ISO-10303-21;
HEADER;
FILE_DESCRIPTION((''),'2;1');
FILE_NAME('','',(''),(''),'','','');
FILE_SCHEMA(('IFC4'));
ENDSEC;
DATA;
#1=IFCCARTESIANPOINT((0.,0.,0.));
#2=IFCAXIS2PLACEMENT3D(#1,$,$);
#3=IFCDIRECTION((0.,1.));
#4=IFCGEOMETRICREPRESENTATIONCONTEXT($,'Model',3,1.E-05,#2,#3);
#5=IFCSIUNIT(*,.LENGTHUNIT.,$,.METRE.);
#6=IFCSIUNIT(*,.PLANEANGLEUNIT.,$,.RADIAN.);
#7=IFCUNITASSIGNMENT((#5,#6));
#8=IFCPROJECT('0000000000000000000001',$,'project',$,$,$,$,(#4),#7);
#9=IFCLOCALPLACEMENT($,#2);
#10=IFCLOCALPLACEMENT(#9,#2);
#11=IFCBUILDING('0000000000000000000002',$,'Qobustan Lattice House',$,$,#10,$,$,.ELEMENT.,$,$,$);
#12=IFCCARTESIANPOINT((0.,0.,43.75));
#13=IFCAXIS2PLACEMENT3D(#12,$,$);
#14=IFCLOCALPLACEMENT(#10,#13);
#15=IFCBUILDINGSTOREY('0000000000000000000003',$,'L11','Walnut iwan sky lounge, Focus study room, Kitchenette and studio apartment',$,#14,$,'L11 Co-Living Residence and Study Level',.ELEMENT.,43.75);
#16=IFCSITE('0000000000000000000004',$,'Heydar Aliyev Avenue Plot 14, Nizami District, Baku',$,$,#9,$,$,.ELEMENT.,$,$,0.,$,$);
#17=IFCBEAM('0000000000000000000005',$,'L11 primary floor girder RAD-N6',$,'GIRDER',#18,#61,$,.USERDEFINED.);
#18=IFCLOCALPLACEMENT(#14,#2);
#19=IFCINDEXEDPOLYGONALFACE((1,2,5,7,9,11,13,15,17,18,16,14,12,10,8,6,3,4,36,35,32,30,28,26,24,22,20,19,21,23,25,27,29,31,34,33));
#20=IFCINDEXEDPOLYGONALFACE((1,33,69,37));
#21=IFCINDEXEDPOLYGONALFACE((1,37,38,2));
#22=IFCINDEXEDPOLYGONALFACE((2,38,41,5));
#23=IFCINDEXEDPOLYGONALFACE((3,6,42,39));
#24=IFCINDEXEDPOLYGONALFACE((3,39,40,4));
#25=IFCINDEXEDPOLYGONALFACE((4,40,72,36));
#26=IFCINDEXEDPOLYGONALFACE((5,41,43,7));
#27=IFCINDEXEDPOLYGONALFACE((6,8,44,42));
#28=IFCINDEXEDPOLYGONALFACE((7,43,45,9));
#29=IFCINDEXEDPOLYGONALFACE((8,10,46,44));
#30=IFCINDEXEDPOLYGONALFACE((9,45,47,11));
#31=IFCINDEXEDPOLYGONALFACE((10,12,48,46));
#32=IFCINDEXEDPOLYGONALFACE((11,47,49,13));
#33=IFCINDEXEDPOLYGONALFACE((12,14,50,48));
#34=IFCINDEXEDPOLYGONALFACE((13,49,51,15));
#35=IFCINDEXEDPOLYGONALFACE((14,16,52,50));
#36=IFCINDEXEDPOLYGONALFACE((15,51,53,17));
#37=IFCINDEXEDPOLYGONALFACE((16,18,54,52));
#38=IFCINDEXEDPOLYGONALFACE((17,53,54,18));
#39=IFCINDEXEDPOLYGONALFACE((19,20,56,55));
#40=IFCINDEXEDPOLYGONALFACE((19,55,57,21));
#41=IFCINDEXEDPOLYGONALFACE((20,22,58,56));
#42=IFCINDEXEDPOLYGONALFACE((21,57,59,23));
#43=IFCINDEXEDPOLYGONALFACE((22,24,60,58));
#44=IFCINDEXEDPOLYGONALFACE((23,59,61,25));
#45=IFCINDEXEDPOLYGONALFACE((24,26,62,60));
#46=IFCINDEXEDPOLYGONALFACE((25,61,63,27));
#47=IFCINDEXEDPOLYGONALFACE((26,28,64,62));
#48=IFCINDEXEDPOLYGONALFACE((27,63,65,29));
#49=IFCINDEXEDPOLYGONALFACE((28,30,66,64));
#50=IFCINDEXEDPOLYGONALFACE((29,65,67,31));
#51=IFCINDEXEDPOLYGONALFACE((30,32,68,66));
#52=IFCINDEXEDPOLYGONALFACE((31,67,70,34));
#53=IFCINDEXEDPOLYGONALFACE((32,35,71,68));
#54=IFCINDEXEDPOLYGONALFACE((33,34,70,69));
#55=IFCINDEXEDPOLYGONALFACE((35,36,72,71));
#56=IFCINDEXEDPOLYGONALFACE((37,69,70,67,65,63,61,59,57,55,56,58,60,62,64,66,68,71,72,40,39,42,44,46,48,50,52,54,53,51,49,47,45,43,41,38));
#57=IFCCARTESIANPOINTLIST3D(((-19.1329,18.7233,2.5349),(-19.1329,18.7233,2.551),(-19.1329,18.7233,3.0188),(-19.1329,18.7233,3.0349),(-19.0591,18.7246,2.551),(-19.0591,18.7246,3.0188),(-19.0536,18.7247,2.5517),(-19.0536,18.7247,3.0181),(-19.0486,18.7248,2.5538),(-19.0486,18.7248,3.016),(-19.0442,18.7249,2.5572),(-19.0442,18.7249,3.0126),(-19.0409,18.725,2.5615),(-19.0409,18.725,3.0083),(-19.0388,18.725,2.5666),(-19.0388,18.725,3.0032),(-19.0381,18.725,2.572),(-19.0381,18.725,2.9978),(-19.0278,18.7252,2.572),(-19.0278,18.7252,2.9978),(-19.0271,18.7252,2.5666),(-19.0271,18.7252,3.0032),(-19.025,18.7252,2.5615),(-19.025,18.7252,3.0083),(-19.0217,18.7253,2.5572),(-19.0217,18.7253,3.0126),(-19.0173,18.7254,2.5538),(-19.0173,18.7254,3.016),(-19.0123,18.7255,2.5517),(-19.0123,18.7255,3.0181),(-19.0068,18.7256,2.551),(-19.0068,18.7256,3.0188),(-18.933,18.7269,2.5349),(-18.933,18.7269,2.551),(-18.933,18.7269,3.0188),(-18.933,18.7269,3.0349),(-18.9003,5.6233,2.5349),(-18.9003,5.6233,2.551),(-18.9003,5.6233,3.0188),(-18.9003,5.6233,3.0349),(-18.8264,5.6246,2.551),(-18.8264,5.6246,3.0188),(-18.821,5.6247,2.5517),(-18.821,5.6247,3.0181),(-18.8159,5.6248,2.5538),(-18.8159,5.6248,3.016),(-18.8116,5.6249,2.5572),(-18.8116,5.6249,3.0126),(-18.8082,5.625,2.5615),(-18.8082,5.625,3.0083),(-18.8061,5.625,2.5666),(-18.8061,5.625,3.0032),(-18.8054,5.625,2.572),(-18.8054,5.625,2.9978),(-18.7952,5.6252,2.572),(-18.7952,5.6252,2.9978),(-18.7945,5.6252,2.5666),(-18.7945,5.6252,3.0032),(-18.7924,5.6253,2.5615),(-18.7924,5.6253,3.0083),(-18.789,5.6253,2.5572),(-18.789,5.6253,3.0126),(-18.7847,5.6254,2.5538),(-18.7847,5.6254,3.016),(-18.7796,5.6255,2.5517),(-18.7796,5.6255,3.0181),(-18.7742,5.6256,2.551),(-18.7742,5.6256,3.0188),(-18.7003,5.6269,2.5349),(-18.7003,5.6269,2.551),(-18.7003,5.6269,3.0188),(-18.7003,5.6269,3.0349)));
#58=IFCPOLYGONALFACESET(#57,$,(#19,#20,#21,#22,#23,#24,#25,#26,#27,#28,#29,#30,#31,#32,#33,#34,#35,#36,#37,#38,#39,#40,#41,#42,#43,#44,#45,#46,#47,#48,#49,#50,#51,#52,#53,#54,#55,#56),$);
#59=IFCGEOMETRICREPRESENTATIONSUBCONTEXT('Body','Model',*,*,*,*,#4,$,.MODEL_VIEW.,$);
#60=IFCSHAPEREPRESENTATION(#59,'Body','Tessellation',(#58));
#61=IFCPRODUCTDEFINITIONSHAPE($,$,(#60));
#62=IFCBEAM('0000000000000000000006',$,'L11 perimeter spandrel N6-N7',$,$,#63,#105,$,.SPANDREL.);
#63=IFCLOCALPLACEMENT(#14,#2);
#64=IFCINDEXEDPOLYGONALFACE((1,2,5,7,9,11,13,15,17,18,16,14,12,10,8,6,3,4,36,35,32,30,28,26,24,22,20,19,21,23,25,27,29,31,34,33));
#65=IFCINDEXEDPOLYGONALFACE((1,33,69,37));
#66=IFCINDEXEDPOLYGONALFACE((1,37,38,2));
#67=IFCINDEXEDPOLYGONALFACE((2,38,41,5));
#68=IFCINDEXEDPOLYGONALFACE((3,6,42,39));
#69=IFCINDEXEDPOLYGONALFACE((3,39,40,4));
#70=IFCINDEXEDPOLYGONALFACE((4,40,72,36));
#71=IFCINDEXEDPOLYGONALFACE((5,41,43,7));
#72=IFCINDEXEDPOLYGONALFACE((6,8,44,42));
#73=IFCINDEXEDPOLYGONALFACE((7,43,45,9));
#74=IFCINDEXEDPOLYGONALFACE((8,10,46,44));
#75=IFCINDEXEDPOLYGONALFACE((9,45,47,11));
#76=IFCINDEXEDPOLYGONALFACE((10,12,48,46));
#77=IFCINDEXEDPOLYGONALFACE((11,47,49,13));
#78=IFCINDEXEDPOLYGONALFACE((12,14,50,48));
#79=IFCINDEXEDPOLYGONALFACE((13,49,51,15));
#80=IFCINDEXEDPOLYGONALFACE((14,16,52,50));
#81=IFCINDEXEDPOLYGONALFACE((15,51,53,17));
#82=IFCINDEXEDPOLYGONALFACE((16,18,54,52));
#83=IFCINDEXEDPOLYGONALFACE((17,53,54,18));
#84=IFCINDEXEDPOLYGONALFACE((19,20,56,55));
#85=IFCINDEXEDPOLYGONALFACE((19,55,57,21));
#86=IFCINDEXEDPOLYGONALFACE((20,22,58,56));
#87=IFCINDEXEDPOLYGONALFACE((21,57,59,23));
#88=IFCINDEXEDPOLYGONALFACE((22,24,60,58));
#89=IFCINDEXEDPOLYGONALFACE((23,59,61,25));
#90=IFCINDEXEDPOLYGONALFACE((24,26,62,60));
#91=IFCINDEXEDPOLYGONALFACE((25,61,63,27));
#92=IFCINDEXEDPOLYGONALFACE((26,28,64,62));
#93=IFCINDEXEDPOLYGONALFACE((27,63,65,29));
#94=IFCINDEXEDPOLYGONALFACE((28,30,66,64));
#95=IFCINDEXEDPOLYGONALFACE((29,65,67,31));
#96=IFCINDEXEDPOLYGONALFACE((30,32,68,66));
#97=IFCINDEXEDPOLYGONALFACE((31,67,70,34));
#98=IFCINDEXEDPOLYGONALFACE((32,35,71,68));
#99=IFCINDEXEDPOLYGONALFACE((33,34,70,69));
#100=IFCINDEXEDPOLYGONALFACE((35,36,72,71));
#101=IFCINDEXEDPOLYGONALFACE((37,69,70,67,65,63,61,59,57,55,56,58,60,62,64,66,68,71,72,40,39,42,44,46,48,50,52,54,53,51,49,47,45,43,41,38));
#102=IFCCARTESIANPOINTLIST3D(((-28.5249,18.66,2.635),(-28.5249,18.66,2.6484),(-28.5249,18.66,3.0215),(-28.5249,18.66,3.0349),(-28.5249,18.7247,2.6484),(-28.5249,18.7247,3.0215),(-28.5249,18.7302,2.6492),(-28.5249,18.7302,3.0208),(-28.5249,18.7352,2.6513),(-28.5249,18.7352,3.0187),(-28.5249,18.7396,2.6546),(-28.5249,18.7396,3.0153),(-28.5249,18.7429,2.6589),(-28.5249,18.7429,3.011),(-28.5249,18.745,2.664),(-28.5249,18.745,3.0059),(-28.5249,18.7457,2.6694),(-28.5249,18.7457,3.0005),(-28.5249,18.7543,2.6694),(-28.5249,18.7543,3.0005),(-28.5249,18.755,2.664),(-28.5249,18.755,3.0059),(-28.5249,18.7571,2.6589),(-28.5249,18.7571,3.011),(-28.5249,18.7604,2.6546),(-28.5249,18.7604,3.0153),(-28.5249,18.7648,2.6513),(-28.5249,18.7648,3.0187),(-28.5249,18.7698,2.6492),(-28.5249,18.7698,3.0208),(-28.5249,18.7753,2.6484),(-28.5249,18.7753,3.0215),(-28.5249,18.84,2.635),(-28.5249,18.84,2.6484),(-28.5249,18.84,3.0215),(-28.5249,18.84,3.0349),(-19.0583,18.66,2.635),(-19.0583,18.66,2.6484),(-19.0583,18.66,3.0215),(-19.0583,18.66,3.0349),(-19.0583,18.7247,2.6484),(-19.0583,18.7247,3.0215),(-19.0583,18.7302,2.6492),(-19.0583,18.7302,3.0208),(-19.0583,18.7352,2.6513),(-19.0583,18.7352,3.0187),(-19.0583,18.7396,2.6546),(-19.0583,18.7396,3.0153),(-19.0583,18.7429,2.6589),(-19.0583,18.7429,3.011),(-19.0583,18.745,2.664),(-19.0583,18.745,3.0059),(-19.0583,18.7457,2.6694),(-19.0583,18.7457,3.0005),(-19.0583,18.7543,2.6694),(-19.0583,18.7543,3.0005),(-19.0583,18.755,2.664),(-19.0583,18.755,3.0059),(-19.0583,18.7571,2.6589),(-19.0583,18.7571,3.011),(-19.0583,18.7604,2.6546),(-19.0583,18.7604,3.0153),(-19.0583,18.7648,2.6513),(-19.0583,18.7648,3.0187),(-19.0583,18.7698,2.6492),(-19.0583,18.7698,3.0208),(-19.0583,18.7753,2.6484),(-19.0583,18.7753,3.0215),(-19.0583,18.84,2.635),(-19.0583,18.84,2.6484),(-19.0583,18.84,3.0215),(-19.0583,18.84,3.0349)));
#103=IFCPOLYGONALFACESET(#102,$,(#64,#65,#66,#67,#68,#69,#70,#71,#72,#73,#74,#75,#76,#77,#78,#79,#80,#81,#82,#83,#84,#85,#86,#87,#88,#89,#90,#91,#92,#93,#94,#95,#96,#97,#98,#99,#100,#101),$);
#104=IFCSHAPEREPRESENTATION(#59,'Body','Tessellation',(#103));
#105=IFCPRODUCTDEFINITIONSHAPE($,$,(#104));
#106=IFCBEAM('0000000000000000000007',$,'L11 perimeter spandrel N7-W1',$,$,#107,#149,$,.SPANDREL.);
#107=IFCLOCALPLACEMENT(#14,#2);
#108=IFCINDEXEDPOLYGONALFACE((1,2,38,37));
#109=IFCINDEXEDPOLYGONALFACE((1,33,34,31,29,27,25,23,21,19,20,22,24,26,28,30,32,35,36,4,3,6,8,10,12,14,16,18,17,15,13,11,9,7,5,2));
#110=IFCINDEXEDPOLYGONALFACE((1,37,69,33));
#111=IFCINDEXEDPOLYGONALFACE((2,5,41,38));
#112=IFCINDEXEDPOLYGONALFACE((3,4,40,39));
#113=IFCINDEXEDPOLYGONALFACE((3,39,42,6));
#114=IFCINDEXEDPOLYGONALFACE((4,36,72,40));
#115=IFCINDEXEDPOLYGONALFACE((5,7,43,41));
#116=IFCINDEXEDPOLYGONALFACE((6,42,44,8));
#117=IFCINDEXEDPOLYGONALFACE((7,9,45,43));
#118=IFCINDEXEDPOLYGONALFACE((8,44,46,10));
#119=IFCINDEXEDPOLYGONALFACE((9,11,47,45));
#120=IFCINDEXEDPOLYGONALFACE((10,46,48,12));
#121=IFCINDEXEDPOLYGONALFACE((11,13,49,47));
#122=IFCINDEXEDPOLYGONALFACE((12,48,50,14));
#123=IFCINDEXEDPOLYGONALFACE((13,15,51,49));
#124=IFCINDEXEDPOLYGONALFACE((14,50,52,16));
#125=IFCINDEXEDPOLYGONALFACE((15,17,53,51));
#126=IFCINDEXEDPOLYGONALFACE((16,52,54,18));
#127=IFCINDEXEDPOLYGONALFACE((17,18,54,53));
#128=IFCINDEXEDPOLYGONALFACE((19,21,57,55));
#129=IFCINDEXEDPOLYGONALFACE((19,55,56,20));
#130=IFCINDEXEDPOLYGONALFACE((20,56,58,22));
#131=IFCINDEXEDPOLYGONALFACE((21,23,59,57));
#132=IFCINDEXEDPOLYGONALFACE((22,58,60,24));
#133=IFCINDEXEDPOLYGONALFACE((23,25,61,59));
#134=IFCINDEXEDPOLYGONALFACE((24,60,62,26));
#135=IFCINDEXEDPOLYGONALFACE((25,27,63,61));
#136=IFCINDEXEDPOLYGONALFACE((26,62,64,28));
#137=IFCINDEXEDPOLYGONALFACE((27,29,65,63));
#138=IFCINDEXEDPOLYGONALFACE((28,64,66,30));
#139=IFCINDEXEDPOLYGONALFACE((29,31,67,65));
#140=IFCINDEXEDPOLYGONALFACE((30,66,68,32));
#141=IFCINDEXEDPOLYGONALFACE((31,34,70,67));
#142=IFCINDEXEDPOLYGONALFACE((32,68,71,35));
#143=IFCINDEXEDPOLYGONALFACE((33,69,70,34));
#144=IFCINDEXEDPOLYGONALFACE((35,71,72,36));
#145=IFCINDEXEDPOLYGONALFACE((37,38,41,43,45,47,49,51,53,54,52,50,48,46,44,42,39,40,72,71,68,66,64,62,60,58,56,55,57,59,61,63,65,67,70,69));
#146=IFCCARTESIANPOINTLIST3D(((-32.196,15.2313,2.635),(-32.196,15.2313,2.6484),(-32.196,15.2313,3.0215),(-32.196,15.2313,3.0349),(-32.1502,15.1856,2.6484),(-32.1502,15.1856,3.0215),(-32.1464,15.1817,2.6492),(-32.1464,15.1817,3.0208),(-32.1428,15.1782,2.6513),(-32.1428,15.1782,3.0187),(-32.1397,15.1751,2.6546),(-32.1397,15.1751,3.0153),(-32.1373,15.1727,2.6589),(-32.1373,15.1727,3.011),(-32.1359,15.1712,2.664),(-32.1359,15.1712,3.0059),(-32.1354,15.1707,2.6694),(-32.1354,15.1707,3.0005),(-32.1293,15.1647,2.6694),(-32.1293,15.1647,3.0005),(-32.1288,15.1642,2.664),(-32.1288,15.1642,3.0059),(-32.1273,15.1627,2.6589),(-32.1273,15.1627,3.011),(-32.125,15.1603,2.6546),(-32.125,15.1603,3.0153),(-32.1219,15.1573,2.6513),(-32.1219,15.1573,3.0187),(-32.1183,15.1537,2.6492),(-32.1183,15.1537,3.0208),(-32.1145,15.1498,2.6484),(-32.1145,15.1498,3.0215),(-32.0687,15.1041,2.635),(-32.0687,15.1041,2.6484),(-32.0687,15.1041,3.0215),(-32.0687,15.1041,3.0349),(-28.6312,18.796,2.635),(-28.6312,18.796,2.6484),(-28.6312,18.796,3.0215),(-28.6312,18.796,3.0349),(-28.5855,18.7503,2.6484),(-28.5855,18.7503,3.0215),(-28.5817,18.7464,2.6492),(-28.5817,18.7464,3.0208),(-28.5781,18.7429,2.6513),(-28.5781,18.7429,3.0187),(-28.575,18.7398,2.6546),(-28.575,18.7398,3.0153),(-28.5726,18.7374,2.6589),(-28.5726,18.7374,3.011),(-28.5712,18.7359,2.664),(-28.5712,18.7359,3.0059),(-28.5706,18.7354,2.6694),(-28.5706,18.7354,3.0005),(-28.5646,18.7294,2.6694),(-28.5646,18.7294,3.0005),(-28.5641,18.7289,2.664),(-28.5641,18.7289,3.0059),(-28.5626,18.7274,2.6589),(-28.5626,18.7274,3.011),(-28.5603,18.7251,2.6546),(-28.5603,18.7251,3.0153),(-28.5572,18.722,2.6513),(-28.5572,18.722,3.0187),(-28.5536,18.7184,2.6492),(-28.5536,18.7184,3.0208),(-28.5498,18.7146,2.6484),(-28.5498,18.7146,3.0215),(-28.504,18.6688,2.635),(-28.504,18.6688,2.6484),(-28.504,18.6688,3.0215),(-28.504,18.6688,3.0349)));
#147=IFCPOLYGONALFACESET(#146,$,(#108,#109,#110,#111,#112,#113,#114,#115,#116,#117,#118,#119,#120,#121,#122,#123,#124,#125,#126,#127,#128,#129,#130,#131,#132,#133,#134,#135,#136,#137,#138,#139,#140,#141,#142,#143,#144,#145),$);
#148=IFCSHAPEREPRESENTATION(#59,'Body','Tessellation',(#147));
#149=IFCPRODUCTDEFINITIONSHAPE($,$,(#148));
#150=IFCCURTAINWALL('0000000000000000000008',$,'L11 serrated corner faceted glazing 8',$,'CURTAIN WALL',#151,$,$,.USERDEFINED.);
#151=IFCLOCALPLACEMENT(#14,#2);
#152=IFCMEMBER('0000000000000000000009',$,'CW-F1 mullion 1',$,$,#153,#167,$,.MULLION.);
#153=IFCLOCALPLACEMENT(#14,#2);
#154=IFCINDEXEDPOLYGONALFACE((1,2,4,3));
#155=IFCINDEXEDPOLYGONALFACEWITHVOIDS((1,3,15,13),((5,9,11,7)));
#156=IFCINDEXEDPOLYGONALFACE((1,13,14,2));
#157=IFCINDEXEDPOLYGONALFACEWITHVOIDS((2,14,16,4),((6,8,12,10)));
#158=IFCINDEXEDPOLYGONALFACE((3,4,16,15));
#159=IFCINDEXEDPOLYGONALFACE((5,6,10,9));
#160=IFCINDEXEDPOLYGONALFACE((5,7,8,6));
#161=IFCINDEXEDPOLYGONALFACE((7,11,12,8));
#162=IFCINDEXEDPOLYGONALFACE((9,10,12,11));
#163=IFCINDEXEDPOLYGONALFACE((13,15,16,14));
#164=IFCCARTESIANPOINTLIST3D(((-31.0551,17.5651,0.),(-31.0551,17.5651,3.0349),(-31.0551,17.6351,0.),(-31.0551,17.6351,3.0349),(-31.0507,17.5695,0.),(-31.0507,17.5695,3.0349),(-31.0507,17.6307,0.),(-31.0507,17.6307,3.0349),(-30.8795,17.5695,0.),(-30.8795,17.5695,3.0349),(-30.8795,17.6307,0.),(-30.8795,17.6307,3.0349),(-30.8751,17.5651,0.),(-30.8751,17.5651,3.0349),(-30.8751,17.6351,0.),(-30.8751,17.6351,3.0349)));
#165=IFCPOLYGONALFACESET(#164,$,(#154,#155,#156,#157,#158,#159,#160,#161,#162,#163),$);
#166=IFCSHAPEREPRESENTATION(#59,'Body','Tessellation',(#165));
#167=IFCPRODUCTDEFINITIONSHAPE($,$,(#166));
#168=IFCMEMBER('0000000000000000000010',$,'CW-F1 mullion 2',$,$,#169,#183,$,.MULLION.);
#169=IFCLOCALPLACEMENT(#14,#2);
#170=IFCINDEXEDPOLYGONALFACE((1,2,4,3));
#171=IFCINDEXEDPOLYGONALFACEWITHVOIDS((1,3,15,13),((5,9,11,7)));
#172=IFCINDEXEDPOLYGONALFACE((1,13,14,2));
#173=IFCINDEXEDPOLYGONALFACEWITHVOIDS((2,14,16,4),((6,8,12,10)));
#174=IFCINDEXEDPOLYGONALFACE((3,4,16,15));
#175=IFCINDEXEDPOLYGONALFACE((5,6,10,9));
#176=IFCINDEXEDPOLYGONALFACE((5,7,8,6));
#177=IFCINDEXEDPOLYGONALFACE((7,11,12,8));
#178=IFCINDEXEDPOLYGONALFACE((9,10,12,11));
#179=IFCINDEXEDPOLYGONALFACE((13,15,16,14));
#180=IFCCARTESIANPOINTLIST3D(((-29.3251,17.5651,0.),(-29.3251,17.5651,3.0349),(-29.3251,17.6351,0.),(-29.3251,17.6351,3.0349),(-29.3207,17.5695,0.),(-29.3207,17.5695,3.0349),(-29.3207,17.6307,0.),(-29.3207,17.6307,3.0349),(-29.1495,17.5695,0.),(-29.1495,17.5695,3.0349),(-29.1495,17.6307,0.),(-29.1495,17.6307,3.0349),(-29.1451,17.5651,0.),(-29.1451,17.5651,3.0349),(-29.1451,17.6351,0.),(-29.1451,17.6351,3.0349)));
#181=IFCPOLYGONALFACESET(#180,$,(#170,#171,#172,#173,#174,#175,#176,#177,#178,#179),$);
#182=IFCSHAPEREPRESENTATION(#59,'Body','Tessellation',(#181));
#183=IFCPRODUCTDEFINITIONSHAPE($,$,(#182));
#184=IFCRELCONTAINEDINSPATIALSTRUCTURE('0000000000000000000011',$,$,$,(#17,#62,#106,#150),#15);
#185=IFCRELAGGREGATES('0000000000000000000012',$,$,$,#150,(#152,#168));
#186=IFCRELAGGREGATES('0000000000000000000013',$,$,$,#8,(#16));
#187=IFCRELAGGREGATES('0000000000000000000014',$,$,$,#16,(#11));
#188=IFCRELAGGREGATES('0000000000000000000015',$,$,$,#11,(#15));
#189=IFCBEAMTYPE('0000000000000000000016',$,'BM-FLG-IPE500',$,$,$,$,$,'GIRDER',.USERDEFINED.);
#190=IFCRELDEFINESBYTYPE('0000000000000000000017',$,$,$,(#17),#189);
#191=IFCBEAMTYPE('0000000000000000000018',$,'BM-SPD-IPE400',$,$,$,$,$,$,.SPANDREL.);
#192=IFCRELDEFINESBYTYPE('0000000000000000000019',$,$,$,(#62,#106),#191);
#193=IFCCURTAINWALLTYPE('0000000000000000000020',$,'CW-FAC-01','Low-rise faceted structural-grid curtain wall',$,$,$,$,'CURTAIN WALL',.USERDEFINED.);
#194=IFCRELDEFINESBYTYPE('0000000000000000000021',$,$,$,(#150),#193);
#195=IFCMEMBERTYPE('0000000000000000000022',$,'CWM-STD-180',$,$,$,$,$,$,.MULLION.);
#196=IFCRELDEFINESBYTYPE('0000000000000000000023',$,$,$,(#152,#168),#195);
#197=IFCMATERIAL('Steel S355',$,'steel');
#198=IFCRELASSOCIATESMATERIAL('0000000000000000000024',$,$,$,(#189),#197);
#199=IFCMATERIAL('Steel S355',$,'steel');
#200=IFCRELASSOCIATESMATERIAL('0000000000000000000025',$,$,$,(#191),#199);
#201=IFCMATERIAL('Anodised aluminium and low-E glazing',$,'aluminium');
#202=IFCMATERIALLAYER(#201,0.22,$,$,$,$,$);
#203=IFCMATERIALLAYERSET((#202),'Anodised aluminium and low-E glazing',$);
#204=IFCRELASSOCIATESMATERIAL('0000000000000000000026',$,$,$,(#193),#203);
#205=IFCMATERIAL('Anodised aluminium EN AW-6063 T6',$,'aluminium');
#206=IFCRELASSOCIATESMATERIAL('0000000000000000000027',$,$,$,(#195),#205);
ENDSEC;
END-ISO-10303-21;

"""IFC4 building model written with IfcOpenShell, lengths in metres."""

from ifc_helpers import new_model, si_unit, direction, frame, origin, origin_2d, place, context, subcontext, project, spatial, hollow_rectangle, i_section, extrude, material, layer, layer_set, material_profile, profile_set, type_object, element, aggregate, save


model = new_model("IFC4")

# Units and contexts
model_context = context("Model", 3, precision=1e-05, world=origin(), true_north=direction((0.0, 1.0)))
body_context = subcontext(model_context, "Body", "Model", "MODEL_VIEW")
ifc_project = project(units=[si_unit("LENGTHUNIT", "METRE"), si_unit("PLANEANGLEUNIT", "RADIAN")], contexts=[model_context])

# Site, building, storey
site_placement = place(None, origin())
site = spatial("IfcSite", under=ifc_project, at=site_placement, Name="Heydar Aliyev Avenue Plot 14, Nizami District, Baku", CompositionType="ELEMENT", RefElevation=0.0)
building_placement = place(site_placement, origin())
building = spatial("IfcBuilding", under=site, at=building_placement, Name="Qobustan Lattice House", CompositionType="ELEMENT")
storey_placement = place(building_placement, frame((0.0, 0.0, 43.75)))
storey = spatial("IfcBuildingStorey", under=building, at=storey_placement, Name="L11", Description="Walnut iwan sky lounge, Focus study room, Kitchenette and studio apartment", LongName="L11 Co-Living Residence and Study Level", CompositionType="ELEMENT", Elevation=43.75)

# Beams
ifc_material_1 = material(Name="Steel S355", Category="steel")
ifc_material_profile_1 = material_profile(ifc_material_1, i_section(OverallWidth=0.2, OverallDepth=0.5, WebThickness=0.0103, FlangeThickness=0.0161, FilletRadius=0.021, at=origin_2d()), Name="IPE500")
ifc_profile_set_1 = profile_set([ifc_material_profile_1], Name="Steel S355")
beam_type_1 = type_object("IfcBeamType", Name="BM-FLG-IPE500", ElementType="GIRDER", PredefinedType="USERDEFINED", material=ifc_profile_set_1)
beam_1_placement = place(storey_placement, frame((-19.033, 18.7251, 2.7849), z_axis=(0.017758, -0.999842, 0.0), x_axis=(0.999842, 0.017758, 0.0)))
element("IfcBeam", 1, at=beam_1_placement, inside=storey, type_object=beam_type_1, Name="L11 primary floor girder RAD-N6", ObjectType="GIRDER", PredefinedType="USERDEFINED", context=body_context, shape_type="SweptSolid", body=[
    extrude(i_section(OverallWidth=0.2, OverallDepth=0.5, WebThickness=0.0103, FlangeThickness=0.0161, FilletRadius=0.021, at=origin_2d()), origin(), (0.0, 0.0, 1.0), 13.1021),
])
ifc_material_2 = material(Name="Steel S355", Category="steel")
ifc_material_profile_2 = material_profile(ifc_material_2, i_section(OverallWidth=0.1799, OverallDepth=0.3999, WebThickness=0.0085, FlangeThickness=0.0134, FilletRadius=0.021, at=origin_2d()), Name="IPE400")
ifc_profile_set_2 = profile_set([ifc_material_profile_2], Name="Steel S355")
beam_type_2 = type_object("IfcBeamType", Name="BM-SPD-IPE400", PredefinedType="SPANDREL", material=ifc_profile_set_2)
beam_2_placement = place(storey_placement, frame((-19.0583, 18.75, 2.835), z_axis=(-1.0, 0.0, 0.0), x_axis=(0.0, -1.0, 0.0)))
element("IfcBeam", 2, at=beam_2_placement, inside=storey, type_object=beam_type_2, Name="L11 perimeter spandrel N6-N7", PredefinedType="SPANDREL", context=body_context, shape_type="SweptSolid", body=[
    extrude(i_section(OverallWidth=0.1799, OverallDepth=0.3999, WebThickness=0.0085, FlangeThickness=0.0134, FilletRadius=0.021, at=origin_2d()), origin(), (0.0, 0.0, 1.0), 9.4666),
])
beam_3_placement = place(storey_placement, frame((-28.5676, 18.7324, 2.835), z_axis=(-0.707107, -0.707107, 0.0), x_axis=(0.707107, -0.707107, 0.0)))
element("IfcBeam", 3, at=beam_3_placement, inside=storey, type_object=beam_type_2, Name="L11 perimeter spandrel N7-W1", PredefinedType="SPANDREL", context=body_context, shape_type="SweptSolid", body=[
    extrude(i_section(OverallWidth=0.1799, OverallDepth=0.3999, WebThickness=0.0085, FlangeThickness=0.0134, FilletRadius=0.021, at=origin_2d()), origin(), (0.0, 0.0, 1.0), 5.0413),
])

# Curtain wall, members
ifc_material_3 = material(Name="Anodised aluminium and low-E glazing", Category="aluminium")
ifc_layer_1 = layer(ifc_material_3, 0.22)
ifc_layer_set_1 = layer_set([ifc_layer_1], Name="Anodised aluminium and low-E glazing")
curtain_wall_type = type_object("IfcCurtainWallType", Name="CW-FAC-01", Description="Low-rise faceted structural-grid curtain wall", ElementType="CURTAIN WALL", PredefinedType="USERDEFINED", material=ifc_layer_set_1)
curtain_wall_placement = place(storey_placement, origin())
curtain_wall = element("IfcCurtainWall", 4, at=curtain_wall_placement, inside=storey, type_object=curtain_wall_type, Name="L11 serrated corner faceted glazing 8", ObjectType="CURTAIN WALL", PredefinedType="USERDEFINED")
ifc_material_4 = material(Name="Anodised aluminium EN AW-6063 T6", Category="aluminium")
ifc_material_profile_3 = material_profile(ifc_material_4, hollow_rectangle(XDim=0.0701, YDim=0.1799, WallThickness=0.0044, at=origin_2d()), Name="CWM-180x70")
ifc_profile_set_3 = profile_set([ifc_material_profile_3], Name="Anodised aluminium EN AW-6063 T6")
member_type_1 = type_object("IfcMemberType", Name="CWM-STD-180", PredefinedType="MULLION", material=ifc_profile_set_3)
member_1_placement = place(storey_placement, frame((-30.9651, 17.6001, 0.0), z_axis=(0.0, 0.0, 1.0), x_axis=(0.0, 1.0, 0.0)))
member_1 = element("IfcMember", 5, at=member_1_placement, type_object=member_type_1, Name="CW-F1 mullion 1", PredefinedType="MULLION", context=body_context, shape_type="SweptSolid", body=[
    extrude(hollow_rectangle(XDim=0.0701, YDim=0.1799, WallThickness=0.0044, at=origin_2d()), origin(), (0.0, 0.0, 1.0), 3.0349),
])
member_2_placement = place(storey_placement, frame((-29.2351, 17.6001, 0.0), z_axis=(0.0, 0.0, 1.0), x_axis=(0.0, 1.0, 0.0)))
member_2 = element("IfcMember", 6, at=member_2_placement, type_object=member_type_1, Name="CW-F1 mullion 2", PredefinedType="MULLION", context=body_context, shape_type="SweptSolid", body=[
    extrude(hollow_rectangle(XDim=0.0701, YDim=0.1799, WallThickness=0.0044, at=origin_2d()), origin(), (0.0, 0.0, 1.0), 3.0349),
])
aggregate(curtain_wall, [member_1, member_2])

save(model, "model.ifc")
